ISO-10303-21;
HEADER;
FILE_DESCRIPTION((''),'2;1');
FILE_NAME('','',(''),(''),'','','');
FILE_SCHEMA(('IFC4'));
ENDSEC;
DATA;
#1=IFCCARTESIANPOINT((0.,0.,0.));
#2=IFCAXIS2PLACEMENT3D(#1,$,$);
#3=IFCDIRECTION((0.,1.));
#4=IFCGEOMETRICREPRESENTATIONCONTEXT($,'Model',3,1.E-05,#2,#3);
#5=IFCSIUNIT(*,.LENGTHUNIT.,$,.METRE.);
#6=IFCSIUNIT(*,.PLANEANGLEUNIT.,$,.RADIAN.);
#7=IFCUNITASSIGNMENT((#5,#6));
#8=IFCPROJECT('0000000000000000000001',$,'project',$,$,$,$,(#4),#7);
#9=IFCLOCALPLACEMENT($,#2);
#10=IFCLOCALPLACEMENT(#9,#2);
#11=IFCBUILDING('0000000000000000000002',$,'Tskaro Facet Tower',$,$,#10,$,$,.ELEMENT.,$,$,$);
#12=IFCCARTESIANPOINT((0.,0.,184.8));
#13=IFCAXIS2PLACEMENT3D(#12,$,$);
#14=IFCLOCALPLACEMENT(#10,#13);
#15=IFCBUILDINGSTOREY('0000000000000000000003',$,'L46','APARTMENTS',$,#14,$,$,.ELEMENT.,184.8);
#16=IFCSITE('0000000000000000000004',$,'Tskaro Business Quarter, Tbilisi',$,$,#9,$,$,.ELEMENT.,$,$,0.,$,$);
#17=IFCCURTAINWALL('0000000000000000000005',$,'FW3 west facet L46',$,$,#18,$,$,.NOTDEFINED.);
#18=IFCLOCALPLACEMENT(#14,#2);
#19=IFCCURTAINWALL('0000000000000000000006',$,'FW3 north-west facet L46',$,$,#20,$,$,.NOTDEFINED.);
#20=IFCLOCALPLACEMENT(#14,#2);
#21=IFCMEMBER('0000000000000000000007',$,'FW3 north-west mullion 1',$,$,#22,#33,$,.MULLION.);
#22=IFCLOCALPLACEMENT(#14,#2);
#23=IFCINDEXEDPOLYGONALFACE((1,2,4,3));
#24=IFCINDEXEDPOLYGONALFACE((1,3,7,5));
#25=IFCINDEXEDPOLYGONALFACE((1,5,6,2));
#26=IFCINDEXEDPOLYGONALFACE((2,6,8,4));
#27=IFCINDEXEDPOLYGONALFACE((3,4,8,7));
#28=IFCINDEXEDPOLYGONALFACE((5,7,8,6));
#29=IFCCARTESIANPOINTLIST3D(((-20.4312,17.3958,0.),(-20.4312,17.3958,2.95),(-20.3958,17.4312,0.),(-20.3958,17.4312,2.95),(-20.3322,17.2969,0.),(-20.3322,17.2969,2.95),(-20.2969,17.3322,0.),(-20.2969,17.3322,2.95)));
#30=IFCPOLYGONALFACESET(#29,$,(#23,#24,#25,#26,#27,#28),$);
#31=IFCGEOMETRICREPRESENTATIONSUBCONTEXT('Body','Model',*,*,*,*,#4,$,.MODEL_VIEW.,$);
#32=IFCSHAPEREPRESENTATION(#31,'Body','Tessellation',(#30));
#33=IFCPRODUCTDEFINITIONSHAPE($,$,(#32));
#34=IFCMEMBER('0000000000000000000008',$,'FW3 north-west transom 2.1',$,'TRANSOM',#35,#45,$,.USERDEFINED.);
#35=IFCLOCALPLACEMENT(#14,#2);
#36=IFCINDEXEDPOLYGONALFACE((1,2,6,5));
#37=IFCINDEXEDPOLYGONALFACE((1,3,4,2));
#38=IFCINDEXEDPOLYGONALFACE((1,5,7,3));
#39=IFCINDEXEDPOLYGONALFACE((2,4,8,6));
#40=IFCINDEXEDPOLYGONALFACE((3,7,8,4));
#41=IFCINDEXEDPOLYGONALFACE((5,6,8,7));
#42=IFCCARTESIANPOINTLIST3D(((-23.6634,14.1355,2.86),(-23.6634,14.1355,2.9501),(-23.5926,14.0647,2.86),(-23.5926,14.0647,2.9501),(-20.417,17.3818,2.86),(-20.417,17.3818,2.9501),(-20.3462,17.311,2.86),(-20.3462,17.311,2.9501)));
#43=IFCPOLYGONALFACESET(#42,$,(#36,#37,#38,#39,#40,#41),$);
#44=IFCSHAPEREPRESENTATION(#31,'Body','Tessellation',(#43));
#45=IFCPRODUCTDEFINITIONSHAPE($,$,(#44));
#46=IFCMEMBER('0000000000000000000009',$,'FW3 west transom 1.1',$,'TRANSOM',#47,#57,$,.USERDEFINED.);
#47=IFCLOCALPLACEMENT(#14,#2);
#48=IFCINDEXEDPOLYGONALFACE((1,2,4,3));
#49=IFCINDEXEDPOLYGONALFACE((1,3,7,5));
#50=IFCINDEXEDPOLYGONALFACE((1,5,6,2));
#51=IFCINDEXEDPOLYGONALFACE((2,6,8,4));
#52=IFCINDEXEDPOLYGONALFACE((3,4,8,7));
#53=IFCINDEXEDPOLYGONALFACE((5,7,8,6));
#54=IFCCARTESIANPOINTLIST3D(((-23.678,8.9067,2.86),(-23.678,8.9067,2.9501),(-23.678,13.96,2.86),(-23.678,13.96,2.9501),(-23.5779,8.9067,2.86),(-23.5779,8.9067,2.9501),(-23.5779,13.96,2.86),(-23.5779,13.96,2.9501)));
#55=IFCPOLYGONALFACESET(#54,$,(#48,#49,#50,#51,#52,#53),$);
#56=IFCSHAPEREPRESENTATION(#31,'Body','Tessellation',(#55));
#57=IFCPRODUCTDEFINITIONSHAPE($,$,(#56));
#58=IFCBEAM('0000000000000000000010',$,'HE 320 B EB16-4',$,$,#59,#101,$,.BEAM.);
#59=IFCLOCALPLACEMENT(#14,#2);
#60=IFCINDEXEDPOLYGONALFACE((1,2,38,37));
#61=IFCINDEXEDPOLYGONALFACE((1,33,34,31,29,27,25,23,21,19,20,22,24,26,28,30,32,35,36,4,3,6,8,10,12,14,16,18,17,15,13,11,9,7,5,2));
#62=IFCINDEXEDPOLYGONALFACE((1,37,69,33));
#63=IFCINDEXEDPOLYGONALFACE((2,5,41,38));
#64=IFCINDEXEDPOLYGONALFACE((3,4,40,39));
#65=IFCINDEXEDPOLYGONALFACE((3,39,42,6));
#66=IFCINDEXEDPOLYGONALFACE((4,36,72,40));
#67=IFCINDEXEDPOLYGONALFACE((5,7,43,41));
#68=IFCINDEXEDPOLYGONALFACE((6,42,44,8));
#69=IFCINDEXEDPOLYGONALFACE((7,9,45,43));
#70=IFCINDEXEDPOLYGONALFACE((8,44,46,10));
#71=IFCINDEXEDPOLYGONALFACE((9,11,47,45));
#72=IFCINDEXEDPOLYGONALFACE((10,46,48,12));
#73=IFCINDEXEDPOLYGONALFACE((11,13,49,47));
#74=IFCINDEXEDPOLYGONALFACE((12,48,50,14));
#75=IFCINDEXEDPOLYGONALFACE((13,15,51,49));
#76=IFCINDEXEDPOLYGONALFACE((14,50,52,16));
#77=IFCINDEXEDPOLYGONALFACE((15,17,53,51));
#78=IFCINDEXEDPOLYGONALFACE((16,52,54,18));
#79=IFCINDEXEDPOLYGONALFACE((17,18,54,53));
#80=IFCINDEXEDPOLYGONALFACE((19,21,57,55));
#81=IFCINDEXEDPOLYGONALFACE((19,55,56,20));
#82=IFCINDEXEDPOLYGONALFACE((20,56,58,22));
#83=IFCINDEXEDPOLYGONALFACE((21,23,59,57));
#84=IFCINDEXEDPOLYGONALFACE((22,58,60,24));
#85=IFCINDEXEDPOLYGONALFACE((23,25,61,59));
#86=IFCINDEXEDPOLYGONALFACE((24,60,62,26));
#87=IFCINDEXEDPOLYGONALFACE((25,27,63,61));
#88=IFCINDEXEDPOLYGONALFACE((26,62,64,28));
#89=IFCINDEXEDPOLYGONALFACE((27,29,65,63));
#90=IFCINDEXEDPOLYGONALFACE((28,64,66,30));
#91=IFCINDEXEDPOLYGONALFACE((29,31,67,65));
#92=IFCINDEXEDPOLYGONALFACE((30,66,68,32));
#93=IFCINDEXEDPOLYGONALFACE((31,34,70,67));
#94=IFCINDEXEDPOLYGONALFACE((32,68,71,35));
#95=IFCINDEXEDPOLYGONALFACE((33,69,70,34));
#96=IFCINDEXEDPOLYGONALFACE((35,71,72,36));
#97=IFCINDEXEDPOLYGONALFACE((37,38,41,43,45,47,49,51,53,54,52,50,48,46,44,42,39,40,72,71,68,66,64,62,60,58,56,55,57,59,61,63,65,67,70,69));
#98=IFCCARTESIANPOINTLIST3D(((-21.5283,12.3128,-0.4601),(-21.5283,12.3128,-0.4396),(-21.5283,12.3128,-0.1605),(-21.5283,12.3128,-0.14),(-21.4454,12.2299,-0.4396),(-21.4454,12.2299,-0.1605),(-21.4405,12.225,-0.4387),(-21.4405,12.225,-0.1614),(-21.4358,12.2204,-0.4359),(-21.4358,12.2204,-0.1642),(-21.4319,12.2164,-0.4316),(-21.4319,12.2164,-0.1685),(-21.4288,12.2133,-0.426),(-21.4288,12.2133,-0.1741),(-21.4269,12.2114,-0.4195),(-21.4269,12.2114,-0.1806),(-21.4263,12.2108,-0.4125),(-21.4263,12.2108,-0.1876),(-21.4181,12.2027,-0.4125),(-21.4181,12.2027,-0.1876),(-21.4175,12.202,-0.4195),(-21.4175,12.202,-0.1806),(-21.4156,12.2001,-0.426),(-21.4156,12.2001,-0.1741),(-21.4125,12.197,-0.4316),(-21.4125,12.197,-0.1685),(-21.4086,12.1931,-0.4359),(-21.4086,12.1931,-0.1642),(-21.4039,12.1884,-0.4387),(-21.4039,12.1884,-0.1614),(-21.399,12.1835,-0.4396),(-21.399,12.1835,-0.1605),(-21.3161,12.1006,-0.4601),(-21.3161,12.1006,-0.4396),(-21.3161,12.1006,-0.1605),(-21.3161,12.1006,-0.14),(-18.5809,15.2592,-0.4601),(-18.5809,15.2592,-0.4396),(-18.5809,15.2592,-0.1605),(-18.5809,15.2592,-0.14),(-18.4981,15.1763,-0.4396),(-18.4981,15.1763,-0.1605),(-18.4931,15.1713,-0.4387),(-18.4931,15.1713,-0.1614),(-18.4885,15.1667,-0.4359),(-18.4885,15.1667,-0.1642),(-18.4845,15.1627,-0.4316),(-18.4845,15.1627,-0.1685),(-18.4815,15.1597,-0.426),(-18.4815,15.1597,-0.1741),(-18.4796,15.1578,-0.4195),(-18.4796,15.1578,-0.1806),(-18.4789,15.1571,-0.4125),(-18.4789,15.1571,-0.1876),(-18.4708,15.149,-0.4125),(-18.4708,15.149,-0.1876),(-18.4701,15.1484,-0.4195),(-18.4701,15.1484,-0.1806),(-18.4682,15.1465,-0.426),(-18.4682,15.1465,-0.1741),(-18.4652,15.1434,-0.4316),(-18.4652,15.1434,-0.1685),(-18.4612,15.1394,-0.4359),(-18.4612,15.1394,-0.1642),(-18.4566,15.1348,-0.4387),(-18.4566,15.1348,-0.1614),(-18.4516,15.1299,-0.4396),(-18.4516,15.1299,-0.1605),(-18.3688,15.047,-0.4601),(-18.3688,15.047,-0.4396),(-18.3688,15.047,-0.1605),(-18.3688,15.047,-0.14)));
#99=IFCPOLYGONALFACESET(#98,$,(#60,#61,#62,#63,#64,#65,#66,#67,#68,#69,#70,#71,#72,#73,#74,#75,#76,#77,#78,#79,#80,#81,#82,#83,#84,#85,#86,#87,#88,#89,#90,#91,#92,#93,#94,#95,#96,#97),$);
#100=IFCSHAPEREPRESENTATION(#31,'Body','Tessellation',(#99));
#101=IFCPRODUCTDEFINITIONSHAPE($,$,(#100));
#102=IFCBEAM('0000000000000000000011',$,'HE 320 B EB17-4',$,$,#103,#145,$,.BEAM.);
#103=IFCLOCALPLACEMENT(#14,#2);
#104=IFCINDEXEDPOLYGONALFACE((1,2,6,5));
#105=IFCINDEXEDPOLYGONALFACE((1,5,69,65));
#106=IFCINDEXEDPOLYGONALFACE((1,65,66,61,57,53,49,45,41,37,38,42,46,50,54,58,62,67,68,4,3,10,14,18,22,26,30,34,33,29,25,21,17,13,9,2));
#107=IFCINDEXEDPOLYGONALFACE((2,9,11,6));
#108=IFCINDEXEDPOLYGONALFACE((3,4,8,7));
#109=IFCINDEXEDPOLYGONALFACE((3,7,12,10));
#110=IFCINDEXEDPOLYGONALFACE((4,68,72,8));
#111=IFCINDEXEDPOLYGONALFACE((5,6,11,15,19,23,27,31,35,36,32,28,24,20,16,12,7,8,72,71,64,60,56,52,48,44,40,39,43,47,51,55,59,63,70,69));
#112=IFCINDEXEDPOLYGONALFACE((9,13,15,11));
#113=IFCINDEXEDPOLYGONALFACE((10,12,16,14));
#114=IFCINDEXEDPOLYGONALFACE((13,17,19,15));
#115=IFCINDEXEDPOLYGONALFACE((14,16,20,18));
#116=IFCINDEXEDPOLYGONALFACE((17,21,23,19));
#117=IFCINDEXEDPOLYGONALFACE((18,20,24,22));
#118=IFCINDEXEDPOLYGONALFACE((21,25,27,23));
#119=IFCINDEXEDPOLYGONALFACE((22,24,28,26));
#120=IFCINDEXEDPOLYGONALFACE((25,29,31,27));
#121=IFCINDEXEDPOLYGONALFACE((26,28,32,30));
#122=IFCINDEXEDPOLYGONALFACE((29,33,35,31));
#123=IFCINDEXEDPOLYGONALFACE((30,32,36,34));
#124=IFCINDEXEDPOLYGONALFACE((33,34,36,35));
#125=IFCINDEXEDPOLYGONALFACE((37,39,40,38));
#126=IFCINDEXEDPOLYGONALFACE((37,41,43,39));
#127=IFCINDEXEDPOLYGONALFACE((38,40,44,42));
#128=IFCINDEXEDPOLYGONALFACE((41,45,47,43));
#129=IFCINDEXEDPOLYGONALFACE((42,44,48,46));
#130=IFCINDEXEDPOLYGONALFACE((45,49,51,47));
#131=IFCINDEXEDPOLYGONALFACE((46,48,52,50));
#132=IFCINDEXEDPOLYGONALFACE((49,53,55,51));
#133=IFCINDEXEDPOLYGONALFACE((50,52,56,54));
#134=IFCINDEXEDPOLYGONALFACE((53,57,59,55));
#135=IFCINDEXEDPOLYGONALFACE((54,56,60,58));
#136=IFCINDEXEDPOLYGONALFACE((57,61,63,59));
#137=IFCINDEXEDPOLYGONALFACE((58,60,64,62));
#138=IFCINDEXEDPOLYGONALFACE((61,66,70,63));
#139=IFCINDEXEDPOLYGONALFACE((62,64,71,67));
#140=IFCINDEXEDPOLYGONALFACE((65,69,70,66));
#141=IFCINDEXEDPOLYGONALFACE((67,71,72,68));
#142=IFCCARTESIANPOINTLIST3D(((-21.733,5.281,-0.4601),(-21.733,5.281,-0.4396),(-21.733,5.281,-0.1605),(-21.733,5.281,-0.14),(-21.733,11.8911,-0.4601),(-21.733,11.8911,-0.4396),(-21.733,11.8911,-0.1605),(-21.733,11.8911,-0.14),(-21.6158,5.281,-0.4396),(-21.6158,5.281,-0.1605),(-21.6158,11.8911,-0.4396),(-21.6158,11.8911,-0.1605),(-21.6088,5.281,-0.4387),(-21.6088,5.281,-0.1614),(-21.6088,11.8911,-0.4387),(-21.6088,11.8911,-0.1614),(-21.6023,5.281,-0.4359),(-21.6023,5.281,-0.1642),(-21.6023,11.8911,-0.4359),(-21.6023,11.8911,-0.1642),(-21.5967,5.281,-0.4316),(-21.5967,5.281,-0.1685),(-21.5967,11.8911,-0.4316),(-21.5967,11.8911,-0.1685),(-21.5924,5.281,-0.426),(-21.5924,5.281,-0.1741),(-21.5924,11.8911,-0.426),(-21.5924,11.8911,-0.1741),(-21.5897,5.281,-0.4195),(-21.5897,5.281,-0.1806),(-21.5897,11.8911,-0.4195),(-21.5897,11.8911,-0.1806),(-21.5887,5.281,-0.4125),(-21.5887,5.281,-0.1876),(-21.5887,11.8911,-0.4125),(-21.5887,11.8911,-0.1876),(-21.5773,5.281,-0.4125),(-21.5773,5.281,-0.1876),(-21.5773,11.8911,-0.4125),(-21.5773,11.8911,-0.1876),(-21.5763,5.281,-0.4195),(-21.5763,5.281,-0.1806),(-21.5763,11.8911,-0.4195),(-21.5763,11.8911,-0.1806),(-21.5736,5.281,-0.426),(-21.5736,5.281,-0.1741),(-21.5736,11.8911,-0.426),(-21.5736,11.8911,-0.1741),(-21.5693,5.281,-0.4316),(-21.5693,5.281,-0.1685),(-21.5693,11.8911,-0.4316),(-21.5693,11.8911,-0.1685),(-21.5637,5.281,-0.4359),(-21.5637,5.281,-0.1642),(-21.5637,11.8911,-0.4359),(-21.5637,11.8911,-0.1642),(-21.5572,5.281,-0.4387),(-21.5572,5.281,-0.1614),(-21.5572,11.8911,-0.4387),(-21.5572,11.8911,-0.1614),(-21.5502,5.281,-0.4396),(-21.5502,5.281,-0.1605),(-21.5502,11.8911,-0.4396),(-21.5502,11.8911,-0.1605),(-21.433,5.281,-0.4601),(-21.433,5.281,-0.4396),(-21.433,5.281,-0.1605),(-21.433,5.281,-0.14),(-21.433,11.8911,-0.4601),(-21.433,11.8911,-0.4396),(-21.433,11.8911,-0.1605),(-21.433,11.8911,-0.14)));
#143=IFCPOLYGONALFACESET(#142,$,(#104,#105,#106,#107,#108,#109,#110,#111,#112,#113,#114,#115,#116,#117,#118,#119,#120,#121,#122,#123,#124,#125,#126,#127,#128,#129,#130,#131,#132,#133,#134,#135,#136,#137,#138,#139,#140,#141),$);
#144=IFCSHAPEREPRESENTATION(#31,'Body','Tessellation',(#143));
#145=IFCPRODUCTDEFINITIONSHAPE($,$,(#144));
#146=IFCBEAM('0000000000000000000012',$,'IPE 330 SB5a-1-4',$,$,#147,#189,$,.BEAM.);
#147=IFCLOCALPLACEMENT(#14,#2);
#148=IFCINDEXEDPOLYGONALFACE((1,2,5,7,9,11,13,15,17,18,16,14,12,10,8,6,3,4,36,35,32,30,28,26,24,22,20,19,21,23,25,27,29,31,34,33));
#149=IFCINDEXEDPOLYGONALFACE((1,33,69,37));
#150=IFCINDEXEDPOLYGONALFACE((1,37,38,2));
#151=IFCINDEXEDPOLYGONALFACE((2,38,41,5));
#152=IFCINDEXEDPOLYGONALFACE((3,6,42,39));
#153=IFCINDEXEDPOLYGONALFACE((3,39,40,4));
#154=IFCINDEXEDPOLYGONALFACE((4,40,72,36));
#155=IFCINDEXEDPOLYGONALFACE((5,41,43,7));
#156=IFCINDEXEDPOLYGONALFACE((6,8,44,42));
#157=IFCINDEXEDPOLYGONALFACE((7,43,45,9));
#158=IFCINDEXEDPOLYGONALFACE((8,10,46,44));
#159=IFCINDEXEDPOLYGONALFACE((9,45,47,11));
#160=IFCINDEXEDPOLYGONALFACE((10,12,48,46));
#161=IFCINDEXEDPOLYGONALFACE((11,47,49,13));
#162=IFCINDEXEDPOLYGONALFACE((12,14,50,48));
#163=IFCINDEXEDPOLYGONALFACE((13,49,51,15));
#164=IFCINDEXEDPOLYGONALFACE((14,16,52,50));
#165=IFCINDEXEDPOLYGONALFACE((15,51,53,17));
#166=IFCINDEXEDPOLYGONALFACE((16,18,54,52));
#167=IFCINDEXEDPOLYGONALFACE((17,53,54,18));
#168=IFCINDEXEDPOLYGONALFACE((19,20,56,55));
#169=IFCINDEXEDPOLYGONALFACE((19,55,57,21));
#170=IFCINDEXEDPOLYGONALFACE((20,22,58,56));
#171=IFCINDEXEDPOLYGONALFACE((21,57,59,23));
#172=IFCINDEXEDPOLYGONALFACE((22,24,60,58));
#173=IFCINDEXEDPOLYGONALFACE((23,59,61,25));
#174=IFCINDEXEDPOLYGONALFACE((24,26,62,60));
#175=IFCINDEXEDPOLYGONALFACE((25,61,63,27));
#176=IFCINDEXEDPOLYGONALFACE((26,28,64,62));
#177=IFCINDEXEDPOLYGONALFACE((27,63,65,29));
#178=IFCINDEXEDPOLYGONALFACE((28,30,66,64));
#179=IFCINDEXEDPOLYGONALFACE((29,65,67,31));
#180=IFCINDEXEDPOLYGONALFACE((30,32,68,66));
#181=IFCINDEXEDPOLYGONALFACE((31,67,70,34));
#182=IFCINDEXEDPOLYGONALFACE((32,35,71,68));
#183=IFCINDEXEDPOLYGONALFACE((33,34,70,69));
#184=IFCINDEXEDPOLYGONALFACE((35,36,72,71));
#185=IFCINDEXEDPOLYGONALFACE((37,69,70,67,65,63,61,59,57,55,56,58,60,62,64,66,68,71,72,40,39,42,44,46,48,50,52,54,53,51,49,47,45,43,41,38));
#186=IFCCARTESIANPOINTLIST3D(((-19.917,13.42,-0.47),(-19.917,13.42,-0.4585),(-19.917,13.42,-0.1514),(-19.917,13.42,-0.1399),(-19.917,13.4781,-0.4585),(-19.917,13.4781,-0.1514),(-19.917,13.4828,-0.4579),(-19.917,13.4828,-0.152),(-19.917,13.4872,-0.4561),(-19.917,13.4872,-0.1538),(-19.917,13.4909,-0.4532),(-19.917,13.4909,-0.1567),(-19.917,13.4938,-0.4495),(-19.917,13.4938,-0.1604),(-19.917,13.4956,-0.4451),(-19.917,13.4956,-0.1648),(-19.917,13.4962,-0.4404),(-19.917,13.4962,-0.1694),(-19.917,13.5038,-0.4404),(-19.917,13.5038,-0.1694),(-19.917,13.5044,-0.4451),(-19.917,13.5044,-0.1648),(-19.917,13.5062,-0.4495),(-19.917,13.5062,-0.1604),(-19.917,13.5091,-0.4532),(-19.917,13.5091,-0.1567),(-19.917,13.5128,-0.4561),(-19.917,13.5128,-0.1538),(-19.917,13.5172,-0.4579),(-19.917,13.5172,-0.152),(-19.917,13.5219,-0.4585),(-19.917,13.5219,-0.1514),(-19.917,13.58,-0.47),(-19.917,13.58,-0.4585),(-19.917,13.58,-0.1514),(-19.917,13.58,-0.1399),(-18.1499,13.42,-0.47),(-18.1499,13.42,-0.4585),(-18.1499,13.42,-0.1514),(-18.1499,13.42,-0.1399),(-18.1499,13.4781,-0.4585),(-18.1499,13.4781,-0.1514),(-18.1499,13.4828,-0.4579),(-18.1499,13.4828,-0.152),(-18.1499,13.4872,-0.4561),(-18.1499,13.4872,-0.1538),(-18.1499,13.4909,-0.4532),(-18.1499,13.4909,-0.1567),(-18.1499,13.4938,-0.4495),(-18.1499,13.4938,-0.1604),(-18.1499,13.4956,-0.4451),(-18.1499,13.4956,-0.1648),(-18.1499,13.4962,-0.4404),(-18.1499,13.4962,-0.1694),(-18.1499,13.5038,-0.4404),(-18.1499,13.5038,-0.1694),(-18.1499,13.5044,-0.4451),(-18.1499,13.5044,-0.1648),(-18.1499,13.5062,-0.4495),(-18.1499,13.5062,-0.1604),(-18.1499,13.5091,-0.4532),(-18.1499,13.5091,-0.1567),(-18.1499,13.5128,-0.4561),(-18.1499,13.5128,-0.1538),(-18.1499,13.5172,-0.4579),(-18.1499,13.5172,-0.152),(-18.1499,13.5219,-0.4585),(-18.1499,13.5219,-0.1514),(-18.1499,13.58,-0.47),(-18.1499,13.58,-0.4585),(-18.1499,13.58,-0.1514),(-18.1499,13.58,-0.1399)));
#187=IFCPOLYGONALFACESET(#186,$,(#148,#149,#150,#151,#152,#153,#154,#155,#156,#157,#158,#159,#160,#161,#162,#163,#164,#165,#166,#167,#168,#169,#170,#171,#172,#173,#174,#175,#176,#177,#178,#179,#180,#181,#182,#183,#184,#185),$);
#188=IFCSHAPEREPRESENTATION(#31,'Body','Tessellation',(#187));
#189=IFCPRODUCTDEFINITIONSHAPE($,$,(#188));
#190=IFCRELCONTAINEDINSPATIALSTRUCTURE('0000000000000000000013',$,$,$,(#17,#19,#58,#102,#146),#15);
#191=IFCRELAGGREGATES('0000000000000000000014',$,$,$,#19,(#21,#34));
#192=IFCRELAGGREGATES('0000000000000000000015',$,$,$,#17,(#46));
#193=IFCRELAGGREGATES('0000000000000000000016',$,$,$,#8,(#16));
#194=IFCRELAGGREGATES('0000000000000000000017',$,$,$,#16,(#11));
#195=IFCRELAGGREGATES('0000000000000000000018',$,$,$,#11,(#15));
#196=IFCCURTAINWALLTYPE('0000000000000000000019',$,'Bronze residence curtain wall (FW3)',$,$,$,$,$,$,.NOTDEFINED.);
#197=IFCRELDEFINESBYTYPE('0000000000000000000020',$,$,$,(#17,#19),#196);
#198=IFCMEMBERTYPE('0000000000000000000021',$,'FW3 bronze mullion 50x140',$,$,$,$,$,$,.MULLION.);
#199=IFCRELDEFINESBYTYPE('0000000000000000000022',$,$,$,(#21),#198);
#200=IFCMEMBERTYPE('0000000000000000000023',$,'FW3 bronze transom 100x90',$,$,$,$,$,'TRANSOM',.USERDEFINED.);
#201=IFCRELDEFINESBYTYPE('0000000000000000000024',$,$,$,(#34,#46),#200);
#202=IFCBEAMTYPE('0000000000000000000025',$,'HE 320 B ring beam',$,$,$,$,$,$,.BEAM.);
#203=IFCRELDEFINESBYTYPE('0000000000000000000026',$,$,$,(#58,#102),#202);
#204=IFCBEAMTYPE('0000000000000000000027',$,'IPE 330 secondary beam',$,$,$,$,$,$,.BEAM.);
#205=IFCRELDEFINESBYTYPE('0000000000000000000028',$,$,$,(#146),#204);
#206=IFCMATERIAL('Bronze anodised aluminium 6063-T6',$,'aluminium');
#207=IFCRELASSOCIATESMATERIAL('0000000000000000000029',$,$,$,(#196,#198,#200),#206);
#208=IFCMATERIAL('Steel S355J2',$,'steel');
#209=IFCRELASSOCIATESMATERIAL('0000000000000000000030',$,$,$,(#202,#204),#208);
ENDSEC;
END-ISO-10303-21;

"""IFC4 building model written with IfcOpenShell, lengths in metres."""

from ifc_helpers import new_model, si_unit, direction, frame, origin, origin_2d, place, context, subcontext, project, spatial, rectangle, i_section, extrude, material, material_profile, profile_set, type_object, element, aggregate, save


model = new_model("IFC4")

# Units and contexts
model_context = context("Model", 3, precision=1e-05, world=origin(), true_north=direction((0.0, 1.0)))
body_context = subcontext(model_context, "Body", "Model", "MODEL_VIEW")
ifc_project = project(units=[si_unit("LENGTHUNIT", "METRE"), si_unit("PLANEANGLEUNIT", "RADIAN")], contexts=[model_context])

# Site, building, storey
site_placement = place(None, origin())
site = spatial("IfcSite", under=ifc_project, at=site_placement, Name="Tskaro Business Quarter, Tbilisi", CompositionType="ELEMENT", RefElevation=0.0)
building_placement = place(site_placement, origin())
building = spatial("IfcBuilding", under=site, at=building_placement, Name="Tskaro Facet Tower", CompositionType="ELEMENT")
storey_placement = place(building_placement, frame((0.0, 0.0, 184.8)))
storey = spatial("IfcBuildingStorey", under=building, at=storey_placement, Name="L46", Description="APARTMENTS", CompositionType="ELEMENT", Elevation=184.8)

# Curtain wall
ifc_material_1 = material(Name="Bronze anodised aluminium 6063-T6", Category="aluminium")
curtain_wall_type = type_object("IfcCurtainWallType", Name="Bronze residence curtain wall (FW3)", PredefinedType="NOTDEFINED", material=ifc_material_1)
curtain_wall_1_placement = place(storey_placement, origin())
curtain_wall_1 = element("IfcCurtainWall", 1, at=curtain_wall_1_placement, inside=storey, type_object=curtain_wall_type, Name="FW3 west facet L46", PredefinedType="NOTDEFINED")

# Curtain wall, members
curtain_wall_2_placement = place(storey_placement, origin())
curtain_wall_2 = element("IfcCurtainWall", 2, at=curtain_wall_2_placement, inside=storey, type_object=curtain_wall_type, Name="FW3 north-west facet L46", PredefinedType="NOTDEFINED")
ifc_material_profile_1 = material_profile(ifc_material_1, rectangle(XDim=0.05, YDim=0.1399, at=origin_2d()), Name="Mullion 50x140")
ifc_profile_set_1 = profile_set([ifc_material_profile_1], Name="Bronze anodised aluminium 6063-T6")
member_type_1 = type_object("IfcMemberType", Name="FW3 bronze mullion 50x140", PredefinedType="MULLION", material=ifc_profile_set_1)
member_1_placement = place(storey_placement, frame((-20.364, 17.364, 0.0), z_axis=(0.0, 0.0, 1.0), x_axis=(-0.707107, -0.707107, 0.0)))
member_1 = element("IfcMember", 3, at=member_1_placement, type_object=member_type_1, Name="FW3 north-west mullion 1", PredefinedType="MULLION", context=body_context, shape_type="SweptSolid", body=[
    extrude(rectangle(XDim=0.05, YDim=0.1399, at=origin_2d()), origin(), (0.0, 0.0, 1.0), 2.95),
])
ifc_material_profile_2 = material_profile(ifc_material_1, rectangle(XDim=0.1001, YDim=0.0901, at=origin_2d()), Name="Transom 100x90")
ifc_profile_set_2 = profile_set([ifc_material_profile_2], Name="Bronze anodised aluminium 6063-T6")
member_type_2 = type_object("IfcMemberType", Name="FW3 bronze transom 100x90", ElementType="TRANSOM", PredefinedType="USERDEFINED", material=ifc_profile_set_2)
member_2_placement = place(storey_placement, frame((-20.3816, 17.3464, 2.905), z_axis=(-0.707107, -0.707107, 0.0), x_axis=(0.707107, -0.707107, 0.0)))
member_2 = element("IfcMember", 4, at=member_2_placement, type_object=member_type_2, Name="FW3 north-west transom 2.1", ObjectType="TRANSOM", PredefinedType="USERDEFINED", context=body_context, shape_type="SweptSolid", body=[
    extrude(rectangle(XDim=0.1001, YDim=0.0901, at=origin_2d()), origin(), (0.0, 0.0, 1.0), 4.5911),
])

# Member
member_3_placement = place(storey_placement, frame((-23.6279, 13.96, 2.905), z_axis=(0.0, -1.0, 0.0), x_axis=(1.0, 0.0, 0.0)))
member_3 = element("IfcMember", 5, at=member_3_placement, type_object=member_type_2, Name="FW3 west transom 1.1", ObjectType="TRANSOM", PredefinedType="USERDEFINED", context=body_context, shape_type="SweptSolid", body=[
    extrude(rectangle(XDim=0.1001, YDim=0.0901, at=origin_2d()), origin(), (0.0, 0.0, 1.0), 5.0532),
])

# Beams
ifc_material_2 = material(Name="Steel S355J2", Category="steel")
ifc_material_profile_3 = material_profile(ifc_material_2, i_section(OverallWidth=0.3, OverallDepth=0.3201, WebThickness=0.0115, FlangeThickness=0.0205, FilletRadius=0.0271, at=origin_2d()), Name="HE 320 B")
ifc_profile_set_3 = profile_set([ifc_material_profile_3], Name="Steel S355J2")
beam_type_1 = type_object("IfcBeamType", Name="HE 320 B ring beam", PredefinedType="BEAM", material=ifc_profile_set_3)
beam_1_placement = place(storey_placement, frame((-18.4749, 15.1531, -0.3), z_axis=(-0.707224, -0.70699, 0.0), x_axis=(0.70699, -0.707224, 0.0)))
element("IfcBeam", 6, at=beam_1_placement, inside=storey, type_object=beam_type_1, Name="HE 320 B EB16-4", PredefinedType="BEAM", context=body_context, shape_type="SweptSolid", body=[
    extrude(i_section(OverallWidth=0.3, OverallDepth=0.3201, WebThickness=0.0115, FlangeThickness=0.0205, FilletRadius=0.0271, at=origin_2d()), origin(), (0.0, 0.0, 1.0), 4.1675),
])
beam_2_placement = place(storey_placement, frame((-21.583, 11.8911, -0.3), z_axis=(0.0, -1.0, 0.0), x_axis=(1.0, 0.0, 0.0)))
element("IfcBeam", 7, at=beam_2_placement, inside=storey, type_object=beam_type_1, Name="HE 320 B EB17-4", PredefinedType="BEAM", context=body_context, shape_type="SweptSolid", body=[
    extrude(i_section(OverallWidth=0.3, OverallDepth=0.3201, WebThickness=0.0115, FlangeThickness=0.0205, FilletRadius=0.0271, at=origin_2d()), origin(), (0.0, 0.0, 1.0), 6.6101),
])
ifc_material_profile_4 = material_profile(ifc_material_2, i_section(OverallWidth=0.1599, OverallDepth=0.3301, WebThickness=0.0076, FlangeThickness=0.0115, FilletRadius=0.0181, at=origin_2d()), Name="IPE 330")
ifc_profile_set_4 = profile_set([ifc_material_profile_4], Name="Steel S355J2")
beam_type_2 = type_object("IfcBeamType", Name="IPE 330 secondary beam", PredefinedType="BEAM", material=ifc_profile_set_4)
beam_3_placement = place(storey_placement, frame((-19.917, 13.5, -0.3049), z_axis=(1.0, 0.0, 0.0), x_axis=(0.0, 1.0, 0.0)))
element("IfcBeam", 8, at=beam_3_placement, inside=storey, type_object=beam_type_2, Name="IPE 330 SB5a-1-4", PredefinedType="BEAM", context=body_context, shape_type="SweptSolid", body=[
    extrude(i_section(OverallWidth=0.1599, OverallDepth=0.3301, WebThickness=0.0076, FlangeThickness=0.0115, FilletRadius=0.0181, at=origin_2d()), origin(), (0.0, 0.0, 1.0), 1.7671),
])

aggregate(curtain_wall_2, [member_1, member_2])
aggregate(curtain_wall_1, [member_3])

save(model, "model.ifc")
